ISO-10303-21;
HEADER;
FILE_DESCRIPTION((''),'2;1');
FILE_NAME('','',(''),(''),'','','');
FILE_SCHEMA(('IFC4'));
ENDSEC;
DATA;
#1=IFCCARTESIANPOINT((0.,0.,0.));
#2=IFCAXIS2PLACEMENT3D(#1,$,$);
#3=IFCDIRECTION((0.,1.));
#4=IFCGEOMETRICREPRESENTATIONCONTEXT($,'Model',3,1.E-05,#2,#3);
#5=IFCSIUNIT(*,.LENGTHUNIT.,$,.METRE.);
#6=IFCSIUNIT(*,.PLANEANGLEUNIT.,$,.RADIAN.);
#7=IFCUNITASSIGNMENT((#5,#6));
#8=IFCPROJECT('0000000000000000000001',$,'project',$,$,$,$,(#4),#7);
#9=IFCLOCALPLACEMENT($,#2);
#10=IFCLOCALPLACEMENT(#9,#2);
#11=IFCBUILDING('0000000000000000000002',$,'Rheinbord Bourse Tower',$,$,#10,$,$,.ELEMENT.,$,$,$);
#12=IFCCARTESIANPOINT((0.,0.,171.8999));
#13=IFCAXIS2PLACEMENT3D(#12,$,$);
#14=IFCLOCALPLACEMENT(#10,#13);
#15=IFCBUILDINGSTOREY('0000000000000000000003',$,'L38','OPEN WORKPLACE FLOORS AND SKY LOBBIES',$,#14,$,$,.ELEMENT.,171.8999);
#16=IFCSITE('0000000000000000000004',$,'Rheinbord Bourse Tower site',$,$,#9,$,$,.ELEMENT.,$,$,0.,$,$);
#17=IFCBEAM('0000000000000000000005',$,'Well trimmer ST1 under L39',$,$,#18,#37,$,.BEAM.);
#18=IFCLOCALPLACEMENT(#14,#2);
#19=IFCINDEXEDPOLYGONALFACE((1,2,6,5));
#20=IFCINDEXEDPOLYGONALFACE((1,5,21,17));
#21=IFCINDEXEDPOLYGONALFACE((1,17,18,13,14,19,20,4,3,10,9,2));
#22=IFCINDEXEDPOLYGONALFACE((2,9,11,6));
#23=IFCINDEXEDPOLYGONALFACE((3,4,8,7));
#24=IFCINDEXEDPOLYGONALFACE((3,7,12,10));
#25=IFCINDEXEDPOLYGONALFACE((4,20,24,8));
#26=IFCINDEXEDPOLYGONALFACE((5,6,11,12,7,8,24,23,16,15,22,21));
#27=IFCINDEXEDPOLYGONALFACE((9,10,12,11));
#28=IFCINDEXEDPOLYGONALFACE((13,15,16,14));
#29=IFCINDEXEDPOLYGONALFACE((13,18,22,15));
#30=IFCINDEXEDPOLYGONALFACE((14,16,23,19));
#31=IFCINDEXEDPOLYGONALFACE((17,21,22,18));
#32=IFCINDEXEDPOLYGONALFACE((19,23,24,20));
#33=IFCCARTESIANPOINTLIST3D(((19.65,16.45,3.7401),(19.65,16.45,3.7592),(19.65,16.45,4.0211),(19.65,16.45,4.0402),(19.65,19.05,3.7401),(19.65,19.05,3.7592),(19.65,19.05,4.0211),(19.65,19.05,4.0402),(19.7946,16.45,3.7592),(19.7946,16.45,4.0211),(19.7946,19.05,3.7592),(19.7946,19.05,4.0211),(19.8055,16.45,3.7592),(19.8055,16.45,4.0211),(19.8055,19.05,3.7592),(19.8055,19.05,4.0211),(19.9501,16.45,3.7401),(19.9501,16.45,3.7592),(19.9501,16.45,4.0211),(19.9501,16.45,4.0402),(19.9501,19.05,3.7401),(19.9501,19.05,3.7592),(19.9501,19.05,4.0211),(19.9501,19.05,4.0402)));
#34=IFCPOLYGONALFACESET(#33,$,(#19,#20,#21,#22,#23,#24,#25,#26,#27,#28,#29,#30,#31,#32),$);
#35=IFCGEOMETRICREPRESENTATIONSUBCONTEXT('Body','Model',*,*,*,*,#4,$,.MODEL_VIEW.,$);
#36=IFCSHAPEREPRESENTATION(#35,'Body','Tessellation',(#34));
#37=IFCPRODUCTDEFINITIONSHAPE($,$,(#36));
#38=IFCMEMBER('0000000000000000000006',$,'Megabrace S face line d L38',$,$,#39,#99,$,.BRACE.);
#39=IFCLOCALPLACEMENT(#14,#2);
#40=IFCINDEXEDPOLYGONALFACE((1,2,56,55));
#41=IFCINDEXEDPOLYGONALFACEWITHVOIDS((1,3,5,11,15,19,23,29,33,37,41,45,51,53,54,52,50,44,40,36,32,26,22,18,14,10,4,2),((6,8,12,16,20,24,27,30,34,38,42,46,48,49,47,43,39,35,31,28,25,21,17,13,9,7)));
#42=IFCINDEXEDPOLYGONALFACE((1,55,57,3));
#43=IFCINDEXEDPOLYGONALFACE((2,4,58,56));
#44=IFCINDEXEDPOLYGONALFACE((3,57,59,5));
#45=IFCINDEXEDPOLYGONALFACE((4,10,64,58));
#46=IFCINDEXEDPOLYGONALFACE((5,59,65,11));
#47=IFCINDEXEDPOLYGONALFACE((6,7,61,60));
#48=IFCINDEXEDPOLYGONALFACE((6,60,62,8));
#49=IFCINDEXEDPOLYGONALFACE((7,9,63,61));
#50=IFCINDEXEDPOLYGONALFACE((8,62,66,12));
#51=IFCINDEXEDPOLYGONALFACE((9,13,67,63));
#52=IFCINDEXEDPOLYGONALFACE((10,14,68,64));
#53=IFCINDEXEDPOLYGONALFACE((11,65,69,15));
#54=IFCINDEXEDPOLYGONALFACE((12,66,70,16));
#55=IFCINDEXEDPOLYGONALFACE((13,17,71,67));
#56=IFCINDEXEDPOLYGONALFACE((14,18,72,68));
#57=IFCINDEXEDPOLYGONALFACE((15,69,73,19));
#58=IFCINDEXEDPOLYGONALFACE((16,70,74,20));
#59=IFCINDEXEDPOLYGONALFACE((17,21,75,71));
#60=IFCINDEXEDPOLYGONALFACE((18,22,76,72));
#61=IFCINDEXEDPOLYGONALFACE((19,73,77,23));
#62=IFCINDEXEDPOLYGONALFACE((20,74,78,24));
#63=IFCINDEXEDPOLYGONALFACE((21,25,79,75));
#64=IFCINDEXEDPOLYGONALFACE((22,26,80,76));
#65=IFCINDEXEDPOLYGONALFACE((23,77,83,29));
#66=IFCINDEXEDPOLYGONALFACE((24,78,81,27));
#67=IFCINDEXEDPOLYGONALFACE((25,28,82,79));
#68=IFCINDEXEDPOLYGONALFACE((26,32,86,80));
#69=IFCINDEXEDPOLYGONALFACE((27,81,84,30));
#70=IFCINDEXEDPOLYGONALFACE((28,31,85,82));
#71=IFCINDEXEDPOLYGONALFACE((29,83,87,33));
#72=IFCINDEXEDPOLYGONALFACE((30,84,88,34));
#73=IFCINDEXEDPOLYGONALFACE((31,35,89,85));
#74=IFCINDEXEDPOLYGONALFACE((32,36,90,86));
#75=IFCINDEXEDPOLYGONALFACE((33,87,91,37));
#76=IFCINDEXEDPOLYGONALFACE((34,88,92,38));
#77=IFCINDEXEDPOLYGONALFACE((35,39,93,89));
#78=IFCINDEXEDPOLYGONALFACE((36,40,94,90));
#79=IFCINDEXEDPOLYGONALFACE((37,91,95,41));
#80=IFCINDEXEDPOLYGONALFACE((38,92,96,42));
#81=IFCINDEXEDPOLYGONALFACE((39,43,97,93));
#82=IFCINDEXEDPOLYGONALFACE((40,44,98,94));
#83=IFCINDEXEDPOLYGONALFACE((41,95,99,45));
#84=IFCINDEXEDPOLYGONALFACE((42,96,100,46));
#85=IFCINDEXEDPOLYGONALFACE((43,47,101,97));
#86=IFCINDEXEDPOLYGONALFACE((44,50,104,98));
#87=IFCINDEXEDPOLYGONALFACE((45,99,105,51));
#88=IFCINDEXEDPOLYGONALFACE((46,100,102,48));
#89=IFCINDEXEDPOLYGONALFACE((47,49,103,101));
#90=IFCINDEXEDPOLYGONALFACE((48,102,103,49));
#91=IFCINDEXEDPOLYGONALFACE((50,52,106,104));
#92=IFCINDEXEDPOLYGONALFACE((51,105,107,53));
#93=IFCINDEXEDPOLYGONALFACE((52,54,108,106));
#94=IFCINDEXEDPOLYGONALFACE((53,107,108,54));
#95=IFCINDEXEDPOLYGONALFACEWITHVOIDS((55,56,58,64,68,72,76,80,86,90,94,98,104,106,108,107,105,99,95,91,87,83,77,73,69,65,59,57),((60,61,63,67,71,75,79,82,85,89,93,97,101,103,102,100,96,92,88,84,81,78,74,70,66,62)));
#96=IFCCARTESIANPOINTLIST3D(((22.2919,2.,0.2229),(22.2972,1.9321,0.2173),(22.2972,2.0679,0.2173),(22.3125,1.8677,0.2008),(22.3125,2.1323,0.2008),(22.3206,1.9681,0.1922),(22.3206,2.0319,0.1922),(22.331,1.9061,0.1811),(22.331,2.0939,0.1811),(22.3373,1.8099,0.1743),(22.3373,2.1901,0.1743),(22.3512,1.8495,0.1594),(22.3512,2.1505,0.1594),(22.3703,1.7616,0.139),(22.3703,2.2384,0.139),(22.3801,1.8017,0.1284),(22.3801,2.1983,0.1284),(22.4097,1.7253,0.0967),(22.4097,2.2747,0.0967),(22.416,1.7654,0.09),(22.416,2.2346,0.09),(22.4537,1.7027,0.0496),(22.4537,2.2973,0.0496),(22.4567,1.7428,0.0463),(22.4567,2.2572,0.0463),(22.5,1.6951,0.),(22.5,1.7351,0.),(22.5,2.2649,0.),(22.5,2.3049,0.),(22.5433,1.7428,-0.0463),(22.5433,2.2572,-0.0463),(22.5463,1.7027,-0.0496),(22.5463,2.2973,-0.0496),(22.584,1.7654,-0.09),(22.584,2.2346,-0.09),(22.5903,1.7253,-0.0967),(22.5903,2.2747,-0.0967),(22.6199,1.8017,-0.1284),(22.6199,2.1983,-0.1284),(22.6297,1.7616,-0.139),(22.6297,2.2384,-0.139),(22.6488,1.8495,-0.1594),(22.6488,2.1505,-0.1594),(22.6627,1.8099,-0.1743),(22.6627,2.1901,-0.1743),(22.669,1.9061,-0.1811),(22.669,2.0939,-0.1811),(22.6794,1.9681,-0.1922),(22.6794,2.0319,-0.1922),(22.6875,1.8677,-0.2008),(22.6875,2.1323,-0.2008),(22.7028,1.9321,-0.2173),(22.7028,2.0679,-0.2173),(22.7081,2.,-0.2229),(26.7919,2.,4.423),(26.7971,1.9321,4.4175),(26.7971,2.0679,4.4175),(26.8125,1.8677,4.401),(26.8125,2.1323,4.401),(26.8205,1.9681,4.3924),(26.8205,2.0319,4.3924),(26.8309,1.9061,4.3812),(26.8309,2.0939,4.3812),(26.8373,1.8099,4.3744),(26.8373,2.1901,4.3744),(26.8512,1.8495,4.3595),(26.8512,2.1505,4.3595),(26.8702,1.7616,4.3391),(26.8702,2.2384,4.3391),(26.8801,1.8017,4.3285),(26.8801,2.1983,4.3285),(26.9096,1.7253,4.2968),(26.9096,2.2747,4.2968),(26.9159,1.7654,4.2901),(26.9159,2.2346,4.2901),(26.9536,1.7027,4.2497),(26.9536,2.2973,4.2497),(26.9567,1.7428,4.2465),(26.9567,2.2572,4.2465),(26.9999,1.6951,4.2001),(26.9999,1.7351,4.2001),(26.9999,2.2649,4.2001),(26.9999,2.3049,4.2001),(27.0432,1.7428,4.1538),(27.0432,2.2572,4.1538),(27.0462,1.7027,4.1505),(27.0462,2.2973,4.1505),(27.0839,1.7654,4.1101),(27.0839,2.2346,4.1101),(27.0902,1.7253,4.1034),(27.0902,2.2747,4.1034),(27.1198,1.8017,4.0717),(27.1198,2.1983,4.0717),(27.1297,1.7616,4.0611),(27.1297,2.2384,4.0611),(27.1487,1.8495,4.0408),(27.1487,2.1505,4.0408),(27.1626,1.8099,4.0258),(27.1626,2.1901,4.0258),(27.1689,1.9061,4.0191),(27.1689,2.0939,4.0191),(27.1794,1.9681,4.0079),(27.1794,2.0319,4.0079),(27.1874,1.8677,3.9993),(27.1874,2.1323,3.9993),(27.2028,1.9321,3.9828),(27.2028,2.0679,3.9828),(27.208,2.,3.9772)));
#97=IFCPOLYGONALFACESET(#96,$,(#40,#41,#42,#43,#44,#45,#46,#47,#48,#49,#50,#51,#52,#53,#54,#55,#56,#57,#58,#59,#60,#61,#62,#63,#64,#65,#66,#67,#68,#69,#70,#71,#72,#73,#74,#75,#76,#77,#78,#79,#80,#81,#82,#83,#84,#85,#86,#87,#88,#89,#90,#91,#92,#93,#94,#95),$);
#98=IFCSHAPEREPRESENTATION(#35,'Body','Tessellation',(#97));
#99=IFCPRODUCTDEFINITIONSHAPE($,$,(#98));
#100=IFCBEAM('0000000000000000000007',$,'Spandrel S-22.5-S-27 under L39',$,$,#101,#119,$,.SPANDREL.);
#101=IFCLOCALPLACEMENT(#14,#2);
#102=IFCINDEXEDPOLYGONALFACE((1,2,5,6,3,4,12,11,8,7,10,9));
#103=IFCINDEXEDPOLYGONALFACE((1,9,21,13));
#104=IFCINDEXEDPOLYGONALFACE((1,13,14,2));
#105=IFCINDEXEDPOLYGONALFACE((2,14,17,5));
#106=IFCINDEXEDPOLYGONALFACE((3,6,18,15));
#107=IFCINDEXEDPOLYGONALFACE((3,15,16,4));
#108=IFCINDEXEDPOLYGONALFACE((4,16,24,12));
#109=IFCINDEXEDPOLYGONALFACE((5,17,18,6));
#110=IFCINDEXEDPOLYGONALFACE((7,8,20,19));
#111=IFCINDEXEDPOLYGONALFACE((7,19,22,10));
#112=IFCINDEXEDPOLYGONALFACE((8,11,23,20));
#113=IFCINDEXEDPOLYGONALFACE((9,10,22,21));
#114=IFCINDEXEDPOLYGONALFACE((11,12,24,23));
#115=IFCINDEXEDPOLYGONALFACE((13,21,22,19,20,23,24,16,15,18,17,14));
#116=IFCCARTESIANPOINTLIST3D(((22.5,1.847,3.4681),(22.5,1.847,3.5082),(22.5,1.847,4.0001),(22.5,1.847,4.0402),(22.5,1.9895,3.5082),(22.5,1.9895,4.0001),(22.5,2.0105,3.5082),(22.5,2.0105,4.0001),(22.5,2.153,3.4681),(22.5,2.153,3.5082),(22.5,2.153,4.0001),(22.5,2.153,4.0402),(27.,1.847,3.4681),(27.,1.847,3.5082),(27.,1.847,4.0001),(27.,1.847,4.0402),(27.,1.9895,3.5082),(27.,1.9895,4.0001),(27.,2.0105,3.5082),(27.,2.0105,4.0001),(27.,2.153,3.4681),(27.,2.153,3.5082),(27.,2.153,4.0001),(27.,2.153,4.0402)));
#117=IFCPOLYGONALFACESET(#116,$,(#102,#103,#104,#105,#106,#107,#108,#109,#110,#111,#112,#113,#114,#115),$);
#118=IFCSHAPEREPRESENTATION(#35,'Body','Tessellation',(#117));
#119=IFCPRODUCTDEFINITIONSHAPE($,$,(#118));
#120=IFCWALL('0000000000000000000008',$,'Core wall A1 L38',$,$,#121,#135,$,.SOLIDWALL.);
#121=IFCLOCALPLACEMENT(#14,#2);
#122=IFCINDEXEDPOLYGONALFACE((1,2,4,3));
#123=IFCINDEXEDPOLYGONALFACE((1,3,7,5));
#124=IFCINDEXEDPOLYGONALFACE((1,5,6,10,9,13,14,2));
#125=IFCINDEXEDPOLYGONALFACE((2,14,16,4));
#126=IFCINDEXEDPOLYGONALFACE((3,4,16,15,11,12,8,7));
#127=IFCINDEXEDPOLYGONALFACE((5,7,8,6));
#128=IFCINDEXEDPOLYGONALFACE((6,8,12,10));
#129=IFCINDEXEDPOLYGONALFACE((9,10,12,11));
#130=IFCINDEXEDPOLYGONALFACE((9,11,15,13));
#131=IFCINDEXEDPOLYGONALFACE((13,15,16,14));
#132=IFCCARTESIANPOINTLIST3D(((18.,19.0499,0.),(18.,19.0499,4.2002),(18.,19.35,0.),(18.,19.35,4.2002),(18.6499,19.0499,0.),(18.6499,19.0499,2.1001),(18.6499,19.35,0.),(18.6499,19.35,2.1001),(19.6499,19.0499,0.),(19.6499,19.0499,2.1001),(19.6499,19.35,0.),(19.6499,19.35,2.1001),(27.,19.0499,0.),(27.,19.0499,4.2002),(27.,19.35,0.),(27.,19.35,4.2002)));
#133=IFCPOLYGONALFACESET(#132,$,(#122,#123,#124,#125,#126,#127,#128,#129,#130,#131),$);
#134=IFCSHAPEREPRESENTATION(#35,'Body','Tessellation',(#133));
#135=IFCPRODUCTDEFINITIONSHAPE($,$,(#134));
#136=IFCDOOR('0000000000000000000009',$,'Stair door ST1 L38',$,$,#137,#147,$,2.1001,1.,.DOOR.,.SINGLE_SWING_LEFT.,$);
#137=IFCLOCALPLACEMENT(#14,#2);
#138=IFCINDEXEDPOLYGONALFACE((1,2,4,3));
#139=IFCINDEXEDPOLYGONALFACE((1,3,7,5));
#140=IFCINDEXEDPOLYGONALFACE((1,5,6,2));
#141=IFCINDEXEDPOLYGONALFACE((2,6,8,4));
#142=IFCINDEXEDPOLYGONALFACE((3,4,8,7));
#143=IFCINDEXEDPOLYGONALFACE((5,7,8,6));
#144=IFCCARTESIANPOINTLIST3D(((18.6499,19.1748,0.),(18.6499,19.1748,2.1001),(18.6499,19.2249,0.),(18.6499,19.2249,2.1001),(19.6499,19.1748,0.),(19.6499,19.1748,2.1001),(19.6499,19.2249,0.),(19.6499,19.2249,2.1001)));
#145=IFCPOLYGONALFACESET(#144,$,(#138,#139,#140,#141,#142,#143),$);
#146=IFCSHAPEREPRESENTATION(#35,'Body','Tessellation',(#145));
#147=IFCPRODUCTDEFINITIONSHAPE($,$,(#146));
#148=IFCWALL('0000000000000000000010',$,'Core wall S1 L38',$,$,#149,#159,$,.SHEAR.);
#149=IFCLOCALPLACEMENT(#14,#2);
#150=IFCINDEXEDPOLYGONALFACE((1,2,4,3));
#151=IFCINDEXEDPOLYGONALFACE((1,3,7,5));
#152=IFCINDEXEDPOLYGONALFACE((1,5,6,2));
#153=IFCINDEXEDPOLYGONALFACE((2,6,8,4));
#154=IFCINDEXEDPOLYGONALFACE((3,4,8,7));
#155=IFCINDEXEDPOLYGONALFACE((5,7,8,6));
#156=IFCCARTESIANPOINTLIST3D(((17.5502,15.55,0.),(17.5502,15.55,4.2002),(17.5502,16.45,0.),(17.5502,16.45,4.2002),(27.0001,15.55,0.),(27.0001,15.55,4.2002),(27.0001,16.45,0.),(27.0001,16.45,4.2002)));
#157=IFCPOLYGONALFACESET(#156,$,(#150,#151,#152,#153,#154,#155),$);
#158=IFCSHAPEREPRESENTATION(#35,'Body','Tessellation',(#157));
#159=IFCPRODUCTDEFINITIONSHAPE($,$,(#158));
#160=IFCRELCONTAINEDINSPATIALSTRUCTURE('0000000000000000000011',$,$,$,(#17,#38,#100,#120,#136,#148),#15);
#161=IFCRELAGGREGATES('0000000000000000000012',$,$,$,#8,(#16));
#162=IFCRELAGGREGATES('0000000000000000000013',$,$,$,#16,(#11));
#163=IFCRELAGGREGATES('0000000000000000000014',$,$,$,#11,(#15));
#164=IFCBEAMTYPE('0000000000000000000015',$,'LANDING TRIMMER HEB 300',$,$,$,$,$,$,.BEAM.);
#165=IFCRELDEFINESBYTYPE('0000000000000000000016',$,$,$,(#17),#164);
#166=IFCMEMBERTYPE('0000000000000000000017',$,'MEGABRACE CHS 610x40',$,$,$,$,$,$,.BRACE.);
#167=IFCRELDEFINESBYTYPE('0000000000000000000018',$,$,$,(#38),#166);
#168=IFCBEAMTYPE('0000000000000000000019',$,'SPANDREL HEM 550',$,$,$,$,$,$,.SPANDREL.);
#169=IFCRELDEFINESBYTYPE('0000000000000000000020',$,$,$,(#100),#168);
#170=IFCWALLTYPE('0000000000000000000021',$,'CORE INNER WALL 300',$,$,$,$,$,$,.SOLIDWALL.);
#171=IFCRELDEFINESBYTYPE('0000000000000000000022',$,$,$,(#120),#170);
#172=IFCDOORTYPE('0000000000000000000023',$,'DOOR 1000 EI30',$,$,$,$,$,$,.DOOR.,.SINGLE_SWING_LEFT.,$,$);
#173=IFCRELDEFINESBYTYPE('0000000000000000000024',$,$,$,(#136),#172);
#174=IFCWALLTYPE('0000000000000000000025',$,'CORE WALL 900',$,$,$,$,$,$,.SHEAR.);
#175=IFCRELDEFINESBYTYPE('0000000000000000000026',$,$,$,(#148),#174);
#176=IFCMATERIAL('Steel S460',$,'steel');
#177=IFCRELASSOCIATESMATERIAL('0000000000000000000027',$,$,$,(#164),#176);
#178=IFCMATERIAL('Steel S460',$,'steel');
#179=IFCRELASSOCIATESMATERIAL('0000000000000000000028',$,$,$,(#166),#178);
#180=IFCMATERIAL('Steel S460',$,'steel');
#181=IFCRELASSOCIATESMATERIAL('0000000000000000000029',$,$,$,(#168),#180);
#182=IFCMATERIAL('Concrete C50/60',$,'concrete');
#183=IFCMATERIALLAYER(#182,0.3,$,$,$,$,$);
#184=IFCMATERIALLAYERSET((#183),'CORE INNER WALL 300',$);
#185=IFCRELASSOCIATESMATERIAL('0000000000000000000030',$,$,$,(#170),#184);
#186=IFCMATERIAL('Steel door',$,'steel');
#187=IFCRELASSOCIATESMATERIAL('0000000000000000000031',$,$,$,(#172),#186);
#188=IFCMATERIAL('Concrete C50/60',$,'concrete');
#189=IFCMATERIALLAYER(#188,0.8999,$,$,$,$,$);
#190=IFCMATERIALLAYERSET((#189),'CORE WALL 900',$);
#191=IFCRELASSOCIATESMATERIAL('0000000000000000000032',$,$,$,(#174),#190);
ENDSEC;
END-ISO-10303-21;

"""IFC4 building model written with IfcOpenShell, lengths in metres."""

from ifc_helpers import new_model, si_unit, direction, frame, frame_2d, origin, origin_2d, place, context, subcontext, project, spatial, rectangle, hollow_circle, i_section, extrude, material, layer, layer_set, material_profile, profile_set, type_object, element, fill, save


model = new_model("IFC4")

# Units and contexts
model_context = context("Model", 3, precision=1e-05, world=origin(), true_north=direction((0.0, 1.0)))
body_context = subcontext(model_context, "Body", "Model", "MODEL_VIEW")
ifc_project = project(units=[si_unit("LENGTHUNIT", "METRE"), si_unit("PLANEANGLEUNIT", "RADIAN")], contexts=[model_context])

# Site, building, storey
site_placement = place(None, origin())
site = spatial("IfcSite", under=ifc_project, at=site_placement, Name="Rheinbord Bourse Tower site", CompositionType="ELEMENT", RefElevation=0.0)
building_placement = place(site_placement, origin())
building = spatial("IfcBuilding", under=site, at=building_placement, Name="Rheinbord Bourse Tower", CompositionType="ELEMENT")
storey_placement = place(building_placement, frame((0.0, 0.0, 171.8999)))
storey = spatial("IfcBuildingStorey", under=building, at=storey_placement, Name="L38", Description="OPEN WORKPLACE FLOORS AND SKY LOBBIES", CompositionType="ELEMENT", Elevation=171.8999)

# Beam
ifc_material_1 = material(Name="Steel S460", Category="steel")
ifc_material_profile_1 = material_profile(ifc_material_1, i_section(OverallWidth=0.3, OverallDepth=0.3, WebThickness=0.011, FlangeThickness=0.019, at=origin_2d()), Name="HEB 300")
ifc_profile_set_1 = profile_set([ifc_material_profile_1], Name="Steel S460")
beam_type_1 = type_object("IfcBeamType", Name="LANDING TRIMMER HEB 300", PredefinedType="BEAM", material=ifc_profile_set_1)
beam_1_placement = place(storey_placement, frame((19.8, 16.45, 3.8901), z_axis=(0.0, 1.0, 0.0), x_axis=(-1.0, 0.0, 0.0)))
element("IfcBeam", 1, at=beam_1_placement, inside=storey, type_object=beam_type_1, Name="Well trimmer ST1 under L39", PredefinedType="BEAM", context=body_context, shape_type="SweptSolid", body=[
    extrude(i_section(OverallWidth=0.3, OverallDepth=0.3, WebThickness=0.011, FlangeThickness=0.019, at=origin_2d()), origin(), (0.0, 0.0, 1.0), 2.6001),
])

# Member
ifc_material_2 = material(Name="Steel S460", Category="steel")
ifc_material_profile_2 = material_profile(ifc_material_2, hollow_circle(Radius=0.3049, WallThickness=0.04, at=origin_2d()), Name="CHS 610x40")
ifc_profile_set_2 = profile_set([ifc_material_profile_2], Name="Steel S460")
member_type = type_object("IfcMemberType", Name="MEGABRACE CHS 610x40", PredefinedType="BRACE", material=ifc_profile_set_2)
member_placement = place(storey_placement, frame((22.5, 2.0, 0.0), z_axis=(0.731039, 0.0, 0.682335), x_axis=(0.0, 1.0, 0.0)))
element("IfcMember", 2, at=member_placement, inside=storey, type_object=member_type, Name="Megabrace S face line d L38", PredefinedType="BRACE", context=body_context, shape_type="SweptSolid", body=[
    extrude(hollow_circle(Radius=0.3049, WallThickness=0.04, at=origin_2d()), origin(), (0.0, 0.0, 1.0), 6.1555),
])

# Beam
ifc_material_3 = material(Name="Steel S460", Category="steel")
ifc_material_profile_3 = material_profile(ifc_material_3, i_section(OverallWidth=0.3059, OverallDepth=0.572, WebThickness=0.021, FlangeThickness=0.04, at=origin_2d()), Name="HEM 550")
ifc_profile_set_3 = profile_set([ifc_material_profile_3], Name="Steel S460")
beam_type_2 = type_object("IfcBeamType", Name="SPANDREL HEM 550", PredefinedType="SPANDREL", material=ifc_profile_set_3)
beam_2_placement = place(storey_placement, frame((22.5, 2.0, 3.7542), z_axis=(1.0, 0.0, 0.0), x_axis=(0.0, 1.0, 0.0)))
element("IfcBeam", 3, at=beam_2_placement, inside=storey, type_object=beam_type_2, Name="Spandrel S-22.5-S-27 under L39", PredefinedType="SPANDREL", context=body_context, shape_type="SweptSolid", body=[
    extrude(i_section(OverallWidth=0.3059, OverallDepth=0.572, WebThickness=0.021, FlangeThickness=0.04, at=origin_2d()), origin(), (0.0, 0.0, 1.0), 4.5),
])

# Wall, opening, door
ifc_material_4 = material(Name="Concrete C50/60", Category="concrete")
ifc_layer_1 = layer(ifc_material_4, 0.3)
ifc_layer_set_1 = layer_set([ifc_layer_1], Name="CORE INNER WALL 300")
wall_type_1 = type_object("IfcWallType", Name="CORE INNER WALL 300", PredefinedType="SOLIDWALL", material=ifc_layer_set_1)
wall_1_placement = place(storey_placement, frame((18.0, 19.2, 0.0), z_axis=(0.0, 0.0, 1.0), x_axis=(1.0, 0.0, 0.0)))
wall_1 = element("IfcWall", 4, at=wall_1_placement, inside=storey, type_object=wall_type_1, Name="Core wall A1 L38", PredefinedType="SOLIDWALL", context=body_context, shape_type="SweptSolid", body=[
    extrude(rectangle(XDim=9.0, YDim=0.3, at=frame_2d((4.5, 0.0))), origin(), (0.0, 0.0, 1.0), 4.2002),
])
opening_1_placement = place(wall_1_placement, frame((0.6499, 0.0, 0.0)))
opening_1 = element("IfcOpeningElement", 5, at=opening_1_placement, cuts=wall_1, PredefinedType="OPENING", context=body_context, shape_type="SweptSolid", body=[
    extrude(rectangle(XDim=1.0, YDim=2.1001, at=frame_2d((0.5, 1.05))), frame((0.0, 0.1599, 0.0), z_axis=(0.0, -1.0, 0.0), x_axis=(1.0, 0.0, 0.0)), (0.0, 0.0, 1.0), 0.3201),
])
ifc_material_5 = material(Name="Steel door", Category="steel")
door_type_1 = type_object("IfcDoorType", Name="DOOR 1000 EI30", OperationType="SINGLE_SWING_LEFT", PredefinedType="DOOR", material=ifc_material_5)
door_1_placement = place(opening_1_placement, origin())
door_1 = element("IfcDoor", 6, at=door_1_placement, inside=storey, type_object=door_type_1, Name="Stair door ST1 L38", OperationType="SINGLE_SWING_LEFT", OverallHeight=2.1001, OverallWidth=1.0, PredefinedType="DOOR", context=body_context, shape_type="SweptSolid", body=[
    extrude(rectangle(XDim=1.0, YDim=2.1001, at=frame_2d((0.5, 1.05))), frame((0.0, 0.0249, 0.0), z_axis=(0.0, -1.0, 0.0), x_axis=(1.0, 0.0, 0.0)), (0.0, 0.0, 1.0), 0.05),
])
fill(opening_1, door_1)

# Wall
ifc_material_6 = material(Name="Concrete C50/60", Category="concrete")
ifc_layer_2 = layer(ifc_material_6, 0.8999)
ifc_layer_set_2 = layer_set([ifc_layer_2], Name="CORE WALL 900")
wall_type_2 = type_object("IfcWallType", Name="CORE WALL 900", PredefinedType="SHEAR", material=ifc_layer_set_2)
wall_2_placement = place(storey_placement, frame((17.55, 16.0, 0.0), z_axis=(0.0, 0.0, 1.0), x_axis=(1.0, 0.0, 0.0)))
element("IfcWall", 7, at=wall_2_placement, inside=storey, type_object=wall_type_2, Name="Core wall S1 L38", PredefinedType="SHEAR", context=body_context, shape_type="SweptSolid", body=[
    extrude(rectangle(XDim=9.45, YDim=0.8999, at=frame_2d((4.7251, 0.0))), origin(), (0.0, 0.0, 1.0), 4.2002),
])

save(model, "model.ifc")
